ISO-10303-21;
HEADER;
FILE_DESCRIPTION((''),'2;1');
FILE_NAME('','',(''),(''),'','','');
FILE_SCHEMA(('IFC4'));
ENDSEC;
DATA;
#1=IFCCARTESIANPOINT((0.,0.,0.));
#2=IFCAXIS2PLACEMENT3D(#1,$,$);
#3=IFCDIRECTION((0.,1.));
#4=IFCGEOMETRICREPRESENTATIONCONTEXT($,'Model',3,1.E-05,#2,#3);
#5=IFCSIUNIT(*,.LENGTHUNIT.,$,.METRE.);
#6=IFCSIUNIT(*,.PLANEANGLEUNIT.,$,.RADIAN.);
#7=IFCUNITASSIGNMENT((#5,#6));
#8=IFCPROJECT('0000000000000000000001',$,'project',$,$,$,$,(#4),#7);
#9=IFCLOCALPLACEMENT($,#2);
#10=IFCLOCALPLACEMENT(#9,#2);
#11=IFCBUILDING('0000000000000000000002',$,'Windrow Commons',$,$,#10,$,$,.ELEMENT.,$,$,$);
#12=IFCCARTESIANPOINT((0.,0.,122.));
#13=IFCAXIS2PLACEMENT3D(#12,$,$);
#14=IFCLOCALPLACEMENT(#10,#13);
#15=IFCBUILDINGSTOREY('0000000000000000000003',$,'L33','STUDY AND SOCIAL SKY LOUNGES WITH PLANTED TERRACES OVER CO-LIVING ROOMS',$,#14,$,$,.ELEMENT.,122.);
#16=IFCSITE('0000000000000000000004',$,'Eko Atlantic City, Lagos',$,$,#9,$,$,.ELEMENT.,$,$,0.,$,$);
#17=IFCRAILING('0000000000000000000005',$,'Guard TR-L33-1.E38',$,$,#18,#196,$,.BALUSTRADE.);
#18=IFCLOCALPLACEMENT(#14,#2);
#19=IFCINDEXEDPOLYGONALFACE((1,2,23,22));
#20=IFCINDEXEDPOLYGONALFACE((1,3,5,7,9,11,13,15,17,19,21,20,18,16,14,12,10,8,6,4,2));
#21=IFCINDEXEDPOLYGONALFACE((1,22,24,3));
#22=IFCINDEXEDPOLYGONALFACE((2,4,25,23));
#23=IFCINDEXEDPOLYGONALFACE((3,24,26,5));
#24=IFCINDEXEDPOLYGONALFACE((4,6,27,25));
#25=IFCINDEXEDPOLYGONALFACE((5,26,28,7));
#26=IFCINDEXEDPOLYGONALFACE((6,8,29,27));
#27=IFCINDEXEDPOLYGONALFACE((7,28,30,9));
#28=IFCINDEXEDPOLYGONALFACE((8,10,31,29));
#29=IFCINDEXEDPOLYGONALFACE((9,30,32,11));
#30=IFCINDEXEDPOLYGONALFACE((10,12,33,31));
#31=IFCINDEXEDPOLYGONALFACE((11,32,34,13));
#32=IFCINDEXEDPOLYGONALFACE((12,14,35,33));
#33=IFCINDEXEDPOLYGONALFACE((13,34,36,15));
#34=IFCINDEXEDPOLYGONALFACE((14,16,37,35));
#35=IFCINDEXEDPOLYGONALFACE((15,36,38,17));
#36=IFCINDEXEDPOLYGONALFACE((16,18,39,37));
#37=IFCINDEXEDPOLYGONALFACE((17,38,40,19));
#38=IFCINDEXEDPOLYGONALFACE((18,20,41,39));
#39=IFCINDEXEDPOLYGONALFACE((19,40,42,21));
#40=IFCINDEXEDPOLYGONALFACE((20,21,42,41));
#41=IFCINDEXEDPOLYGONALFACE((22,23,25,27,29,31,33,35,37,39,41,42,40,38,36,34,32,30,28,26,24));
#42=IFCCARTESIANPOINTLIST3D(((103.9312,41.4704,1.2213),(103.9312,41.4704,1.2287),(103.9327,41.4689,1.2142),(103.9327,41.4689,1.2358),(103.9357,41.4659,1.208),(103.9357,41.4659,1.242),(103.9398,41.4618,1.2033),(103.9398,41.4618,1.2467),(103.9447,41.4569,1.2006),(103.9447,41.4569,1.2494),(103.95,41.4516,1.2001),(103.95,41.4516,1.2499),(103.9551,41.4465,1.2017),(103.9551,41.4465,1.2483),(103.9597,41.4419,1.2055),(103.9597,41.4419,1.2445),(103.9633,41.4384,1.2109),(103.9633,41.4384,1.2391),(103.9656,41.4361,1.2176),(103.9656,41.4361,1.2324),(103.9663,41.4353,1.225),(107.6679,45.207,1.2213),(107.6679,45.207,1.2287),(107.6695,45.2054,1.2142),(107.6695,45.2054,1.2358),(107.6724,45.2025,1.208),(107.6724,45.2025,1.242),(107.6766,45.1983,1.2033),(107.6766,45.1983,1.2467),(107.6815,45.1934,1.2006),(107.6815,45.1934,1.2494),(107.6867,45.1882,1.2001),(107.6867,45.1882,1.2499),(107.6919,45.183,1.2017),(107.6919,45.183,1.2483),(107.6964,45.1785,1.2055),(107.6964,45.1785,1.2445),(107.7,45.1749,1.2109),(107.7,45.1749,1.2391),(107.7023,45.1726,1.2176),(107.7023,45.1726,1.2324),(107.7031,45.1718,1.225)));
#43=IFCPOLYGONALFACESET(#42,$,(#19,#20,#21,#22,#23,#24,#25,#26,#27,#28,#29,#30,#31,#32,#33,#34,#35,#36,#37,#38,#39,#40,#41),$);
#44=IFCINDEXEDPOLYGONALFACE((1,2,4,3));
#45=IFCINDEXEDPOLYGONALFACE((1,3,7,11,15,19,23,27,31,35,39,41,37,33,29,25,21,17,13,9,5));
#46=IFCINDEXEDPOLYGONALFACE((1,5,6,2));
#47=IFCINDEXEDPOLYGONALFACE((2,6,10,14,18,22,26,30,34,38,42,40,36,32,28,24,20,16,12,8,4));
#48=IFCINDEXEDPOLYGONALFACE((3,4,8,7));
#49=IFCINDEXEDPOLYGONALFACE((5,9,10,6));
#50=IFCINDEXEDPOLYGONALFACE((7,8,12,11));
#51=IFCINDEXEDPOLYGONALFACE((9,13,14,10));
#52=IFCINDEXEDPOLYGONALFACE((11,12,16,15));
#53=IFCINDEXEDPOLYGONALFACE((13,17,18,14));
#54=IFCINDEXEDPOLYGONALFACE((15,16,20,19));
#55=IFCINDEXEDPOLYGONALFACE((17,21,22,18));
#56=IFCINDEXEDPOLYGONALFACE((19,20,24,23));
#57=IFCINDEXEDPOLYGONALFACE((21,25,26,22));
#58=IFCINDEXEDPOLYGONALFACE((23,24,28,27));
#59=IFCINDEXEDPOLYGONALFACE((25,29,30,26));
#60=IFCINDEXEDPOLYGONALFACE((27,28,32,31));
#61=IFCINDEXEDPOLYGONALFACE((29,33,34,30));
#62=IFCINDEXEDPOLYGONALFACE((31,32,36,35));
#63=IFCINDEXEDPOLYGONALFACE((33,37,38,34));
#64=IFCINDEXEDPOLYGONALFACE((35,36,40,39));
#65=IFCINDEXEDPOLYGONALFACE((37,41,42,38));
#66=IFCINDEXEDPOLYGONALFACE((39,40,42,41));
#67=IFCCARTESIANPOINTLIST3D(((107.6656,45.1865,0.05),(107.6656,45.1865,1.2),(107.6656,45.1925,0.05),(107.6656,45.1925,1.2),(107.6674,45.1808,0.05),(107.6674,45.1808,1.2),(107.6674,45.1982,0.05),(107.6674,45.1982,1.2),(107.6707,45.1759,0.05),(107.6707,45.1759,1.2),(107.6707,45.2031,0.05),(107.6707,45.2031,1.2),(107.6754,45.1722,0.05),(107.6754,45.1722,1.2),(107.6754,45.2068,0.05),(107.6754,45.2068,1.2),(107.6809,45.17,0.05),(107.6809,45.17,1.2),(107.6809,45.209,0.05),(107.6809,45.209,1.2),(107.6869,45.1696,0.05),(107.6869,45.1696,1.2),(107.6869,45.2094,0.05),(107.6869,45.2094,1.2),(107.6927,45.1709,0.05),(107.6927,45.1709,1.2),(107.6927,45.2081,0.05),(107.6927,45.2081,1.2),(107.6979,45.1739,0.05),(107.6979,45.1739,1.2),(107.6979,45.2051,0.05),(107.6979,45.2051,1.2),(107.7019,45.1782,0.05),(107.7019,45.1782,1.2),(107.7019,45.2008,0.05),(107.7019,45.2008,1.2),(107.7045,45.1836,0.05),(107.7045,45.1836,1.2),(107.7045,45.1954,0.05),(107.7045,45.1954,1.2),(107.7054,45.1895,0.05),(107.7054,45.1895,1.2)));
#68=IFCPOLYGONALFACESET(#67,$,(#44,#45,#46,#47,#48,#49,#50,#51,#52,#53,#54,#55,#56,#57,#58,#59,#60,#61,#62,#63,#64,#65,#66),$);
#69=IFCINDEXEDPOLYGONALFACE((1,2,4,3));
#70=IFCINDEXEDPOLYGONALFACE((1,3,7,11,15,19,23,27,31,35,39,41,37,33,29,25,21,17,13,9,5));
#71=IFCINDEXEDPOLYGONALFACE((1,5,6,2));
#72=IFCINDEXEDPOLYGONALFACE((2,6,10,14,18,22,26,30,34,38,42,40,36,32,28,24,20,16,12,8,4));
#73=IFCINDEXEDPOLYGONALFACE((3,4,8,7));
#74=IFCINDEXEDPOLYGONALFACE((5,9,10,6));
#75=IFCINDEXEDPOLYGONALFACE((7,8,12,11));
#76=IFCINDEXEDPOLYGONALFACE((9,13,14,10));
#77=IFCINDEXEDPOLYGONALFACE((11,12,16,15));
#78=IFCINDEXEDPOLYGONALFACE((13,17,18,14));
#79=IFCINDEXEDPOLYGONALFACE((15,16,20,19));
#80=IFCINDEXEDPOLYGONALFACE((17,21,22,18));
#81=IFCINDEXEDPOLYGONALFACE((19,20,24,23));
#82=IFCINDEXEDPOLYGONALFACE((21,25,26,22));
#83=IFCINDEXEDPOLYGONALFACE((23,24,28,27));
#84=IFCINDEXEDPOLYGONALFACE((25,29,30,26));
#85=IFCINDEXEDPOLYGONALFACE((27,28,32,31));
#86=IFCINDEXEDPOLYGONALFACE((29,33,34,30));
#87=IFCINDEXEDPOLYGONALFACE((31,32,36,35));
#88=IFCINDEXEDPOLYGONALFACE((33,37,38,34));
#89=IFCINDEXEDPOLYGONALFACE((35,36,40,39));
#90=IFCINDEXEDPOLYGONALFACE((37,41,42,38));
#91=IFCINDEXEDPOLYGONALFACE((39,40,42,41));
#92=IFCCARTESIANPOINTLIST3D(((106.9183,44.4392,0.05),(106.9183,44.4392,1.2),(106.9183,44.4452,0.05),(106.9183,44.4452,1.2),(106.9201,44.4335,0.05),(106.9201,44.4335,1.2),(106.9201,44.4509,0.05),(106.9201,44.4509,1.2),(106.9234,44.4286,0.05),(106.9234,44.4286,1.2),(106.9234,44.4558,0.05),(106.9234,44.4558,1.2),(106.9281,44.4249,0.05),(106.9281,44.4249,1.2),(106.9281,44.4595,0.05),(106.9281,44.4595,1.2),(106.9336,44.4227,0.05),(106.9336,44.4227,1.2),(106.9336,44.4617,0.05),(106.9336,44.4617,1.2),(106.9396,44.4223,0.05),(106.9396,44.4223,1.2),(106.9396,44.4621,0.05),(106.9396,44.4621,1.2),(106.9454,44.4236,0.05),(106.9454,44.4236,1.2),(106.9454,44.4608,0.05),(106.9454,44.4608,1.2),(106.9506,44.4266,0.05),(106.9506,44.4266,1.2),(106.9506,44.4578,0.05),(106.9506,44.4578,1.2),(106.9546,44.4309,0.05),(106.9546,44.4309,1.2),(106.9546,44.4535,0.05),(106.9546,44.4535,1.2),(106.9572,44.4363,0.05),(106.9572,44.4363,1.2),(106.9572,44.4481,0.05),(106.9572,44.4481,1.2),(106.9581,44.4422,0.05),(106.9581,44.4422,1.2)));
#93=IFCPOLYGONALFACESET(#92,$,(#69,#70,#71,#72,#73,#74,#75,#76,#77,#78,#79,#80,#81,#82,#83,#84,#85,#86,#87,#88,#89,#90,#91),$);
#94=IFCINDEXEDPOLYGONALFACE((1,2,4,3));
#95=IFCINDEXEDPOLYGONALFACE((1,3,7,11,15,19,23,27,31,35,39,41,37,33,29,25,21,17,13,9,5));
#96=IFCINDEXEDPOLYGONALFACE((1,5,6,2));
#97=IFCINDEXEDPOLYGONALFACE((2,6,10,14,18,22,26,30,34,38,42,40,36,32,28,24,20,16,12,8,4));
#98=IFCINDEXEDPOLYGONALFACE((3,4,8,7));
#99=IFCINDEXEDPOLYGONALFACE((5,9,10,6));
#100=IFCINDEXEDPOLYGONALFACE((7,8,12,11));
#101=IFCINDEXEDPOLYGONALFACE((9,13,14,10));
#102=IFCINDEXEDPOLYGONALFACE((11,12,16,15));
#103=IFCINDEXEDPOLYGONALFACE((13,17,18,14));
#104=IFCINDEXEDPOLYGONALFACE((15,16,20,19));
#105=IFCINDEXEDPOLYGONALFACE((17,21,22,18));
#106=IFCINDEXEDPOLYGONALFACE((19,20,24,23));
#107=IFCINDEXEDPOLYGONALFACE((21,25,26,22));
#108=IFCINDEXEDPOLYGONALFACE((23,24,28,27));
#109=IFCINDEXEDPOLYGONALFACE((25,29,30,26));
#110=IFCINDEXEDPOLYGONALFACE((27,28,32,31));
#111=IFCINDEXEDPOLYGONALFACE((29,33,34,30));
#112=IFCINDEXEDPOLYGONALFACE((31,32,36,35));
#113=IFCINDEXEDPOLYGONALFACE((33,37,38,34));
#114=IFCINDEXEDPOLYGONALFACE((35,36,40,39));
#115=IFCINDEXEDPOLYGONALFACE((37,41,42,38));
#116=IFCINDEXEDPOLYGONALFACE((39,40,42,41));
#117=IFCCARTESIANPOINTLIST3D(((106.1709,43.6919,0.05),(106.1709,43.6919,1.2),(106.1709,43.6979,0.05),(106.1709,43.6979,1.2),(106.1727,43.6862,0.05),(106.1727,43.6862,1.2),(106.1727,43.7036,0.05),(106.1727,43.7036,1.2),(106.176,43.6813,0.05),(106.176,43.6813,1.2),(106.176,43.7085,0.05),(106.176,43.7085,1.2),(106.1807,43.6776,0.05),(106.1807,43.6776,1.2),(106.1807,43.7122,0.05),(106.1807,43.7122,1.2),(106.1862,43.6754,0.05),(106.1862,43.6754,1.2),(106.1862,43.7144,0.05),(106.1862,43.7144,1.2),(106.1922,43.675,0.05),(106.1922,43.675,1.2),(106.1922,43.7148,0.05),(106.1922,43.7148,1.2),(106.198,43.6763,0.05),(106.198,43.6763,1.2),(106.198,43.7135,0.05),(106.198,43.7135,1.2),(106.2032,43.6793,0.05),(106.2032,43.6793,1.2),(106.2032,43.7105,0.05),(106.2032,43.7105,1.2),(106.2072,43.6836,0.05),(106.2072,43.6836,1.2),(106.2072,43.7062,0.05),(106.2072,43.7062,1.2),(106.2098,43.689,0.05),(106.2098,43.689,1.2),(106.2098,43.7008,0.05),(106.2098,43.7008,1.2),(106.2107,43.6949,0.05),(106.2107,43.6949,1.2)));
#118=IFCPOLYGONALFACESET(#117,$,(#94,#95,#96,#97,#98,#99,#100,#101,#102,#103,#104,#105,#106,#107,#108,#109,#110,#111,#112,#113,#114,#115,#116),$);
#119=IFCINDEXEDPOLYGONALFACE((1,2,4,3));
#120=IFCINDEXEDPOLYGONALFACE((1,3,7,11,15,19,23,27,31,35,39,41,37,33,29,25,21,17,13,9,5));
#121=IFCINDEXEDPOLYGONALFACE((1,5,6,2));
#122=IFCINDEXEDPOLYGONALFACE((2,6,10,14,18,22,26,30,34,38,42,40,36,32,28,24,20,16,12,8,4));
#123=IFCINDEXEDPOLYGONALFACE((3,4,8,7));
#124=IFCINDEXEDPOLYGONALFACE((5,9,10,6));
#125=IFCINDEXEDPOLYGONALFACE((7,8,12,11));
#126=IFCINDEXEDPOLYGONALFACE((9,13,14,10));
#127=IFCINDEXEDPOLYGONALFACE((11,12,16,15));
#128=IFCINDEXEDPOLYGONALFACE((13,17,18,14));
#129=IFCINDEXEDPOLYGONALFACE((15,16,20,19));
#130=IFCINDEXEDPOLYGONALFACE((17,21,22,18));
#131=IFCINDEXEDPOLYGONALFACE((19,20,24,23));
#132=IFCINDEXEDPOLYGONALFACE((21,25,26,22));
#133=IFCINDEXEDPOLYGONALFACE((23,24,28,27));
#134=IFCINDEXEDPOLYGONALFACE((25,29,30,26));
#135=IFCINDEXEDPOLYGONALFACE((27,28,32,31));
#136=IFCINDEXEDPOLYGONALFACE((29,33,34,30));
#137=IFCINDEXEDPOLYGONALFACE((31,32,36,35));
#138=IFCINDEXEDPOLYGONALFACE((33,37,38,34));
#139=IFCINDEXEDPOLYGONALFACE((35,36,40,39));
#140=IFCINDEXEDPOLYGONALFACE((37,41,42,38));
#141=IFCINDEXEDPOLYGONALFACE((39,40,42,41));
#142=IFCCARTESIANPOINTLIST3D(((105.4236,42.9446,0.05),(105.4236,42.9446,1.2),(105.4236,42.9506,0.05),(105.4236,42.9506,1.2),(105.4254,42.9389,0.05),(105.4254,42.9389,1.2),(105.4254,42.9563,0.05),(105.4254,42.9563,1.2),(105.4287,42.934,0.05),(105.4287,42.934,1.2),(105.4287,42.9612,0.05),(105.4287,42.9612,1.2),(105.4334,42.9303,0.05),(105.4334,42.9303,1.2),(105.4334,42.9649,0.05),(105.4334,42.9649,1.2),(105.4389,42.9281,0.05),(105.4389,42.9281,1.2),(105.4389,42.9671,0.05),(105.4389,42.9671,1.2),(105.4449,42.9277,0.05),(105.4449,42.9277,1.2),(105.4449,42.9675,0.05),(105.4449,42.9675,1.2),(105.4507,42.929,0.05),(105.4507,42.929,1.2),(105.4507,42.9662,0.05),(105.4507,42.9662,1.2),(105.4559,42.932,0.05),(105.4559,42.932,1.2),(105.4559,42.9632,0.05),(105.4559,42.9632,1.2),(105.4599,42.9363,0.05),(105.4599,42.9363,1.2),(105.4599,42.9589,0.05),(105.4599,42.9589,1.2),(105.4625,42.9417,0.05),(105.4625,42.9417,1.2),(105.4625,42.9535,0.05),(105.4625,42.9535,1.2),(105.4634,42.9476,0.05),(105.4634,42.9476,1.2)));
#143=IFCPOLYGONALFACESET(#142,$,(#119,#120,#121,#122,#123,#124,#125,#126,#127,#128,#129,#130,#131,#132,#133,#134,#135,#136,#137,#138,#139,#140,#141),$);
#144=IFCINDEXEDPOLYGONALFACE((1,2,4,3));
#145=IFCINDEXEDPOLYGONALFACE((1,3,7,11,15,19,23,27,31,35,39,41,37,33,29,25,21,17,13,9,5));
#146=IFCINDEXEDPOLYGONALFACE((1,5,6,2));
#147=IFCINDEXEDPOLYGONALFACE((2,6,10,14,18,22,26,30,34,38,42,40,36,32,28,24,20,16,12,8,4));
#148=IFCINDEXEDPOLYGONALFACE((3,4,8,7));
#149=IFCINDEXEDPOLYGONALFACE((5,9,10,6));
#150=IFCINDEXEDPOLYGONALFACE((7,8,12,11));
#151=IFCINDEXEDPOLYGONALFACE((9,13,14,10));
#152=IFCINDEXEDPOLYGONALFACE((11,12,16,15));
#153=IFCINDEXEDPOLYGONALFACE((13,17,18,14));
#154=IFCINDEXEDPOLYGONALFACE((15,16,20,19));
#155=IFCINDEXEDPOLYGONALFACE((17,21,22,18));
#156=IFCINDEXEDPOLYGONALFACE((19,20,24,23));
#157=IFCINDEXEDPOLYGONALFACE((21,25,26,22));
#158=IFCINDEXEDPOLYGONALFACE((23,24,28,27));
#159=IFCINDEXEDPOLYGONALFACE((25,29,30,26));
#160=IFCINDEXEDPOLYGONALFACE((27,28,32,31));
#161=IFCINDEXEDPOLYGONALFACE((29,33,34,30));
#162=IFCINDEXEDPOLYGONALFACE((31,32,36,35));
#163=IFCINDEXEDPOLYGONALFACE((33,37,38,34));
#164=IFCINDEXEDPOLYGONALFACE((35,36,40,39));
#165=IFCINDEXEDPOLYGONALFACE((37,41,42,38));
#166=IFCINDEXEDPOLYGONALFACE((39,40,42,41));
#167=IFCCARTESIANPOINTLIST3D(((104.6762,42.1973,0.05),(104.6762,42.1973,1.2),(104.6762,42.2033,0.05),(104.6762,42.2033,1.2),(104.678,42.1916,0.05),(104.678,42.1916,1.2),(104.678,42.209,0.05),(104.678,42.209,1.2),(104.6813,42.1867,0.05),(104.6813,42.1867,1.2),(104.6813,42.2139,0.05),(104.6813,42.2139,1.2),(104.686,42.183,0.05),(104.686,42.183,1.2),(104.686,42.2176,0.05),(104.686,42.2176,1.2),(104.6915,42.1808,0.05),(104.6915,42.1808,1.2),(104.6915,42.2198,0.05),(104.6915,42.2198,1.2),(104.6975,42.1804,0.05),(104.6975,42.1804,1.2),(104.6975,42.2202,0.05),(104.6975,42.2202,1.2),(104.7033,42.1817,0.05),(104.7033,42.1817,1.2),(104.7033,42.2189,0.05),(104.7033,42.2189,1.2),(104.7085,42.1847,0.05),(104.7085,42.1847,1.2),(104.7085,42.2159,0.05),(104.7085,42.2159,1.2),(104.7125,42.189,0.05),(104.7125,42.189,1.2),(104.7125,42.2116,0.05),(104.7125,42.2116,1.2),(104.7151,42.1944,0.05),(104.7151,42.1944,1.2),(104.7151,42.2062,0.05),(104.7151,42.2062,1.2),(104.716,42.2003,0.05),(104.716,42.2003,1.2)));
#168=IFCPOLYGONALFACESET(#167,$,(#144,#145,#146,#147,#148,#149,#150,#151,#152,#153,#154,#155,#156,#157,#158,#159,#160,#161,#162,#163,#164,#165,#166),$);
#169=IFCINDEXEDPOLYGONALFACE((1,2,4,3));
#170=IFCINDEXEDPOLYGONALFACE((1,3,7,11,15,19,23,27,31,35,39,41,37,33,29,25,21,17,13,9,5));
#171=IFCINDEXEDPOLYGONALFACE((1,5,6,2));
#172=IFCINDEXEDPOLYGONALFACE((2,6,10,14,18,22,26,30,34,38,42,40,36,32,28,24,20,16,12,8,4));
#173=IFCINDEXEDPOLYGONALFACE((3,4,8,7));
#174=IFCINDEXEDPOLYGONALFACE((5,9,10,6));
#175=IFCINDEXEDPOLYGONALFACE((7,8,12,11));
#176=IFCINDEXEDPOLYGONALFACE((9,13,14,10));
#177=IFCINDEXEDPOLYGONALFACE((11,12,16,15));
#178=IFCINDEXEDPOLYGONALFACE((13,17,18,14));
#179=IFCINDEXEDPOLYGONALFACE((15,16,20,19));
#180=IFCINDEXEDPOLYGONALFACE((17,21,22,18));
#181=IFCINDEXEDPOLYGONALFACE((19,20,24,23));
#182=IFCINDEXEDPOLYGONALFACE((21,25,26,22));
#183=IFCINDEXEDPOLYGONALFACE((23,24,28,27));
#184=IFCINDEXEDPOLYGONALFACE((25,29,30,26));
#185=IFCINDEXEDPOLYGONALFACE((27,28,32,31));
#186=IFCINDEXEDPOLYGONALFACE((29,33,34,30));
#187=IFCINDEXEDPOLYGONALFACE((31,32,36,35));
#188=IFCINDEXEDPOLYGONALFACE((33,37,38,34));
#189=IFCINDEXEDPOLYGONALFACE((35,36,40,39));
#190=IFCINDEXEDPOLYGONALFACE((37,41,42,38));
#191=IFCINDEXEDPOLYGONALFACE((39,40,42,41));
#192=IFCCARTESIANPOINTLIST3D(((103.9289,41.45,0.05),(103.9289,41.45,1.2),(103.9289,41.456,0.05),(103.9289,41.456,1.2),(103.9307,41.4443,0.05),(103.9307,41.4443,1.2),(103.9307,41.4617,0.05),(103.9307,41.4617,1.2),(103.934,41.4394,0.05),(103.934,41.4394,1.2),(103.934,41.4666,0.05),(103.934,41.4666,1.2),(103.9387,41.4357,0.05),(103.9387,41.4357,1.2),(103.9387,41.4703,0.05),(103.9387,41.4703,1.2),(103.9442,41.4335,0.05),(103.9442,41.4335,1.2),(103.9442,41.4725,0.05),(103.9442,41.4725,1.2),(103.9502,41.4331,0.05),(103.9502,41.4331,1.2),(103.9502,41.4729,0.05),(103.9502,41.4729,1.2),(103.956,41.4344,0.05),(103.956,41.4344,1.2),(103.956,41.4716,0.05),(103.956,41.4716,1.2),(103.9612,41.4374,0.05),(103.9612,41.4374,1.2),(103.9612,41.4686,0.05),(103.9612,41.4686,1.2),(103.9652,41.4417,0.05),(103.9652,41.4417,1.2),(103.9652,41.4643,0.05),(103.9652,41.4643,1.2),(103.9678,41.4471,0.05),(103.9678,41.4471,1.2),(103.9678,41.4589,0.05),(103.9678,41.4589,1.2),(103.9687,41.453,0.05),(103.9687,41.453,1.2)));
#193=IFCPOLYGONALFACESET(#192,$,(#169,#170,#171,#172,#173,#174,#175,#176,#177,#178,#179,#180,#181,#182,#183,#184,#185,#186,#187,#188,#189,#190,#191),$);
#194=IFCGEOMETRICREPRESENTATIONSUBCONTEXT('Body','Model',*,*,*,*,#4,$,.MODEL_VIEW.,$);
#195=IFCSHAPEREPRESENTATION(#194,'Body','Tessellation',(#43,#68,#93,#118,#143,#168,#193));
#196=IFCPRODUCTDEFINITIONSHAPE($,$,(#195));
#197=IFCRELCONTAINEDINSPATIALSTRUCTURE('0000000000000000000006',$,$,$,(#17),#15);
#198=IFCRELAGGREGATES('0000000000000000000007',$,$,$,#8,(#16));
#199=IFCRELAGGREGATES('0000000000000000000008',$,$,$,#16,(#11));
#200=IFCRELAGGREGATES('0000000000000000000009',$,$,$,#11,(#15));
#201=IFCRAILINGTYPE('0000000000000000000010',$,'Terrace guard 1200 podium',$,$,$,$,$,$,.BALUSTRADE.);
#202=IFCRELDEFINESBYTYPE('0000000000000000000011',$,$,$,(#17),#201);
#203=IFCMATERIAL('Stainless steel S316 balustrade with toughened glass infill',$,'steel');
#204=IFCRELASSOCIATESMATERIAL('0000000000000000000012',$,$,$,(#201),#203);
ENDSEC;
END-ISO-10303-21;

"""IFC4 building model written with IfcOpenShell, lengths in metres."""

from ifc_helpers import new_model, si_unit, direction, frame, origin, origin_2d, place, context, subcontext, project, spatial, circle, extrude, material, type_object, element, save


model = new_model("IFC4")

# Units and contexts
model_context = context("Model", 3, precision=1e-05, world=origin(), true_north=direction((0.0, 1.0)))
body_context = subcontext(model_context, "Body", "Model", "MODEL_VIEW")
ifc_project = project(units=[si_unit("LENGTHUNIT", "METRE"), si_unit("PLANEANGLEUNIT", "RADIAN")], contexts=[model_context])

# Site, building, storey
site_placement = place(None, origin())
site = spatial("IfcSite", under=ifc_project, at=site_placement, Name="Eko Atlantic City, Lagos", CompositionType="ELEMENT", RefElevation=0.0)
building_placement = place(site_placement, origin())
building = spatial("IfcBuilding", under=site, at=building_placement, Name="Windrow Commons", CompositionType="ELEMENT")
storey_placement = place(building_placement, frame((0.0, 0.0, 122.0)))
storey = spatial("IfcBuildingStorey", under=building, at=storey_placement, Name="L33", Description="STUDY AND SOCIAL SKY LOUNGES WITH PLANTED TERRACES OVER CO-LIVING ROOMS", CompositionType="ELEMENT", Elevation=122.0)

# Railing
ifc_material_1 = material(Name="Stainless steel S316 balustrade with toughened glass infill", Category="steel")
railing_type = type_object("IfcRailingType", Name="Terrace guard 1200 podium", PredefinedType="BALUSTRADE", material=ifc_material_1)
railing_1_placement = place(storey_placement, frame((107.6854, 45.1895, 0.05)))
element("IfcRailing", 1, at=railing_1_placement, inside=storey, type_object=railing_type, Name="Guard TR-L33-1.E38", PredefinedType="BALUSTRADE", context=body_context, shape_type="SweptSolid", body=[
    extrude(circle(Radius=0.025, at=origin_2d()), frame((0.0, 0.0, 1.175), z_axis=(-0.707126, -0.707088, 0.0), x_axis=(0.707088, -0.707126, 0.0)), (0.0, 0.0, 1.0), 5.2844),
    extrude(circle(Radius=0.02, at=origin_2d()), origin(), (0.0, 0.0, 1.0), 1.15),
    extrude(circle(Radius=0.02, at=origin_2d()), frame((-0.7473, -0.7473, 0.0)), (0.0, 0.0, 1.0), 1.15),
    extrude(circle(Radius=0.02, at=origin_2d()), frame((-1.4947, -1.4946, 0.0)), (0.0, 0.0, 1.0), 1.15),
    extrude(circle(Radius=0.02, at=origin_2d()), frame((-2.242, -2.2419, 0.0)), (0.0, 0.0, 1.0), 1.15),
    extrude(circle(Radius=0.02, at=origin_2d()), frame((-2.9894, -2.9892, 0.0)), (0.0, 0.0, 1.0), 1.15),
    extrude(circle(Radius=0.02, at=origin_2d()), frame((-3.7367, -3.7365, 0.0)), (0.0, 0.0, 1.0), 1.15),
])

save(model, "model.ifc")
